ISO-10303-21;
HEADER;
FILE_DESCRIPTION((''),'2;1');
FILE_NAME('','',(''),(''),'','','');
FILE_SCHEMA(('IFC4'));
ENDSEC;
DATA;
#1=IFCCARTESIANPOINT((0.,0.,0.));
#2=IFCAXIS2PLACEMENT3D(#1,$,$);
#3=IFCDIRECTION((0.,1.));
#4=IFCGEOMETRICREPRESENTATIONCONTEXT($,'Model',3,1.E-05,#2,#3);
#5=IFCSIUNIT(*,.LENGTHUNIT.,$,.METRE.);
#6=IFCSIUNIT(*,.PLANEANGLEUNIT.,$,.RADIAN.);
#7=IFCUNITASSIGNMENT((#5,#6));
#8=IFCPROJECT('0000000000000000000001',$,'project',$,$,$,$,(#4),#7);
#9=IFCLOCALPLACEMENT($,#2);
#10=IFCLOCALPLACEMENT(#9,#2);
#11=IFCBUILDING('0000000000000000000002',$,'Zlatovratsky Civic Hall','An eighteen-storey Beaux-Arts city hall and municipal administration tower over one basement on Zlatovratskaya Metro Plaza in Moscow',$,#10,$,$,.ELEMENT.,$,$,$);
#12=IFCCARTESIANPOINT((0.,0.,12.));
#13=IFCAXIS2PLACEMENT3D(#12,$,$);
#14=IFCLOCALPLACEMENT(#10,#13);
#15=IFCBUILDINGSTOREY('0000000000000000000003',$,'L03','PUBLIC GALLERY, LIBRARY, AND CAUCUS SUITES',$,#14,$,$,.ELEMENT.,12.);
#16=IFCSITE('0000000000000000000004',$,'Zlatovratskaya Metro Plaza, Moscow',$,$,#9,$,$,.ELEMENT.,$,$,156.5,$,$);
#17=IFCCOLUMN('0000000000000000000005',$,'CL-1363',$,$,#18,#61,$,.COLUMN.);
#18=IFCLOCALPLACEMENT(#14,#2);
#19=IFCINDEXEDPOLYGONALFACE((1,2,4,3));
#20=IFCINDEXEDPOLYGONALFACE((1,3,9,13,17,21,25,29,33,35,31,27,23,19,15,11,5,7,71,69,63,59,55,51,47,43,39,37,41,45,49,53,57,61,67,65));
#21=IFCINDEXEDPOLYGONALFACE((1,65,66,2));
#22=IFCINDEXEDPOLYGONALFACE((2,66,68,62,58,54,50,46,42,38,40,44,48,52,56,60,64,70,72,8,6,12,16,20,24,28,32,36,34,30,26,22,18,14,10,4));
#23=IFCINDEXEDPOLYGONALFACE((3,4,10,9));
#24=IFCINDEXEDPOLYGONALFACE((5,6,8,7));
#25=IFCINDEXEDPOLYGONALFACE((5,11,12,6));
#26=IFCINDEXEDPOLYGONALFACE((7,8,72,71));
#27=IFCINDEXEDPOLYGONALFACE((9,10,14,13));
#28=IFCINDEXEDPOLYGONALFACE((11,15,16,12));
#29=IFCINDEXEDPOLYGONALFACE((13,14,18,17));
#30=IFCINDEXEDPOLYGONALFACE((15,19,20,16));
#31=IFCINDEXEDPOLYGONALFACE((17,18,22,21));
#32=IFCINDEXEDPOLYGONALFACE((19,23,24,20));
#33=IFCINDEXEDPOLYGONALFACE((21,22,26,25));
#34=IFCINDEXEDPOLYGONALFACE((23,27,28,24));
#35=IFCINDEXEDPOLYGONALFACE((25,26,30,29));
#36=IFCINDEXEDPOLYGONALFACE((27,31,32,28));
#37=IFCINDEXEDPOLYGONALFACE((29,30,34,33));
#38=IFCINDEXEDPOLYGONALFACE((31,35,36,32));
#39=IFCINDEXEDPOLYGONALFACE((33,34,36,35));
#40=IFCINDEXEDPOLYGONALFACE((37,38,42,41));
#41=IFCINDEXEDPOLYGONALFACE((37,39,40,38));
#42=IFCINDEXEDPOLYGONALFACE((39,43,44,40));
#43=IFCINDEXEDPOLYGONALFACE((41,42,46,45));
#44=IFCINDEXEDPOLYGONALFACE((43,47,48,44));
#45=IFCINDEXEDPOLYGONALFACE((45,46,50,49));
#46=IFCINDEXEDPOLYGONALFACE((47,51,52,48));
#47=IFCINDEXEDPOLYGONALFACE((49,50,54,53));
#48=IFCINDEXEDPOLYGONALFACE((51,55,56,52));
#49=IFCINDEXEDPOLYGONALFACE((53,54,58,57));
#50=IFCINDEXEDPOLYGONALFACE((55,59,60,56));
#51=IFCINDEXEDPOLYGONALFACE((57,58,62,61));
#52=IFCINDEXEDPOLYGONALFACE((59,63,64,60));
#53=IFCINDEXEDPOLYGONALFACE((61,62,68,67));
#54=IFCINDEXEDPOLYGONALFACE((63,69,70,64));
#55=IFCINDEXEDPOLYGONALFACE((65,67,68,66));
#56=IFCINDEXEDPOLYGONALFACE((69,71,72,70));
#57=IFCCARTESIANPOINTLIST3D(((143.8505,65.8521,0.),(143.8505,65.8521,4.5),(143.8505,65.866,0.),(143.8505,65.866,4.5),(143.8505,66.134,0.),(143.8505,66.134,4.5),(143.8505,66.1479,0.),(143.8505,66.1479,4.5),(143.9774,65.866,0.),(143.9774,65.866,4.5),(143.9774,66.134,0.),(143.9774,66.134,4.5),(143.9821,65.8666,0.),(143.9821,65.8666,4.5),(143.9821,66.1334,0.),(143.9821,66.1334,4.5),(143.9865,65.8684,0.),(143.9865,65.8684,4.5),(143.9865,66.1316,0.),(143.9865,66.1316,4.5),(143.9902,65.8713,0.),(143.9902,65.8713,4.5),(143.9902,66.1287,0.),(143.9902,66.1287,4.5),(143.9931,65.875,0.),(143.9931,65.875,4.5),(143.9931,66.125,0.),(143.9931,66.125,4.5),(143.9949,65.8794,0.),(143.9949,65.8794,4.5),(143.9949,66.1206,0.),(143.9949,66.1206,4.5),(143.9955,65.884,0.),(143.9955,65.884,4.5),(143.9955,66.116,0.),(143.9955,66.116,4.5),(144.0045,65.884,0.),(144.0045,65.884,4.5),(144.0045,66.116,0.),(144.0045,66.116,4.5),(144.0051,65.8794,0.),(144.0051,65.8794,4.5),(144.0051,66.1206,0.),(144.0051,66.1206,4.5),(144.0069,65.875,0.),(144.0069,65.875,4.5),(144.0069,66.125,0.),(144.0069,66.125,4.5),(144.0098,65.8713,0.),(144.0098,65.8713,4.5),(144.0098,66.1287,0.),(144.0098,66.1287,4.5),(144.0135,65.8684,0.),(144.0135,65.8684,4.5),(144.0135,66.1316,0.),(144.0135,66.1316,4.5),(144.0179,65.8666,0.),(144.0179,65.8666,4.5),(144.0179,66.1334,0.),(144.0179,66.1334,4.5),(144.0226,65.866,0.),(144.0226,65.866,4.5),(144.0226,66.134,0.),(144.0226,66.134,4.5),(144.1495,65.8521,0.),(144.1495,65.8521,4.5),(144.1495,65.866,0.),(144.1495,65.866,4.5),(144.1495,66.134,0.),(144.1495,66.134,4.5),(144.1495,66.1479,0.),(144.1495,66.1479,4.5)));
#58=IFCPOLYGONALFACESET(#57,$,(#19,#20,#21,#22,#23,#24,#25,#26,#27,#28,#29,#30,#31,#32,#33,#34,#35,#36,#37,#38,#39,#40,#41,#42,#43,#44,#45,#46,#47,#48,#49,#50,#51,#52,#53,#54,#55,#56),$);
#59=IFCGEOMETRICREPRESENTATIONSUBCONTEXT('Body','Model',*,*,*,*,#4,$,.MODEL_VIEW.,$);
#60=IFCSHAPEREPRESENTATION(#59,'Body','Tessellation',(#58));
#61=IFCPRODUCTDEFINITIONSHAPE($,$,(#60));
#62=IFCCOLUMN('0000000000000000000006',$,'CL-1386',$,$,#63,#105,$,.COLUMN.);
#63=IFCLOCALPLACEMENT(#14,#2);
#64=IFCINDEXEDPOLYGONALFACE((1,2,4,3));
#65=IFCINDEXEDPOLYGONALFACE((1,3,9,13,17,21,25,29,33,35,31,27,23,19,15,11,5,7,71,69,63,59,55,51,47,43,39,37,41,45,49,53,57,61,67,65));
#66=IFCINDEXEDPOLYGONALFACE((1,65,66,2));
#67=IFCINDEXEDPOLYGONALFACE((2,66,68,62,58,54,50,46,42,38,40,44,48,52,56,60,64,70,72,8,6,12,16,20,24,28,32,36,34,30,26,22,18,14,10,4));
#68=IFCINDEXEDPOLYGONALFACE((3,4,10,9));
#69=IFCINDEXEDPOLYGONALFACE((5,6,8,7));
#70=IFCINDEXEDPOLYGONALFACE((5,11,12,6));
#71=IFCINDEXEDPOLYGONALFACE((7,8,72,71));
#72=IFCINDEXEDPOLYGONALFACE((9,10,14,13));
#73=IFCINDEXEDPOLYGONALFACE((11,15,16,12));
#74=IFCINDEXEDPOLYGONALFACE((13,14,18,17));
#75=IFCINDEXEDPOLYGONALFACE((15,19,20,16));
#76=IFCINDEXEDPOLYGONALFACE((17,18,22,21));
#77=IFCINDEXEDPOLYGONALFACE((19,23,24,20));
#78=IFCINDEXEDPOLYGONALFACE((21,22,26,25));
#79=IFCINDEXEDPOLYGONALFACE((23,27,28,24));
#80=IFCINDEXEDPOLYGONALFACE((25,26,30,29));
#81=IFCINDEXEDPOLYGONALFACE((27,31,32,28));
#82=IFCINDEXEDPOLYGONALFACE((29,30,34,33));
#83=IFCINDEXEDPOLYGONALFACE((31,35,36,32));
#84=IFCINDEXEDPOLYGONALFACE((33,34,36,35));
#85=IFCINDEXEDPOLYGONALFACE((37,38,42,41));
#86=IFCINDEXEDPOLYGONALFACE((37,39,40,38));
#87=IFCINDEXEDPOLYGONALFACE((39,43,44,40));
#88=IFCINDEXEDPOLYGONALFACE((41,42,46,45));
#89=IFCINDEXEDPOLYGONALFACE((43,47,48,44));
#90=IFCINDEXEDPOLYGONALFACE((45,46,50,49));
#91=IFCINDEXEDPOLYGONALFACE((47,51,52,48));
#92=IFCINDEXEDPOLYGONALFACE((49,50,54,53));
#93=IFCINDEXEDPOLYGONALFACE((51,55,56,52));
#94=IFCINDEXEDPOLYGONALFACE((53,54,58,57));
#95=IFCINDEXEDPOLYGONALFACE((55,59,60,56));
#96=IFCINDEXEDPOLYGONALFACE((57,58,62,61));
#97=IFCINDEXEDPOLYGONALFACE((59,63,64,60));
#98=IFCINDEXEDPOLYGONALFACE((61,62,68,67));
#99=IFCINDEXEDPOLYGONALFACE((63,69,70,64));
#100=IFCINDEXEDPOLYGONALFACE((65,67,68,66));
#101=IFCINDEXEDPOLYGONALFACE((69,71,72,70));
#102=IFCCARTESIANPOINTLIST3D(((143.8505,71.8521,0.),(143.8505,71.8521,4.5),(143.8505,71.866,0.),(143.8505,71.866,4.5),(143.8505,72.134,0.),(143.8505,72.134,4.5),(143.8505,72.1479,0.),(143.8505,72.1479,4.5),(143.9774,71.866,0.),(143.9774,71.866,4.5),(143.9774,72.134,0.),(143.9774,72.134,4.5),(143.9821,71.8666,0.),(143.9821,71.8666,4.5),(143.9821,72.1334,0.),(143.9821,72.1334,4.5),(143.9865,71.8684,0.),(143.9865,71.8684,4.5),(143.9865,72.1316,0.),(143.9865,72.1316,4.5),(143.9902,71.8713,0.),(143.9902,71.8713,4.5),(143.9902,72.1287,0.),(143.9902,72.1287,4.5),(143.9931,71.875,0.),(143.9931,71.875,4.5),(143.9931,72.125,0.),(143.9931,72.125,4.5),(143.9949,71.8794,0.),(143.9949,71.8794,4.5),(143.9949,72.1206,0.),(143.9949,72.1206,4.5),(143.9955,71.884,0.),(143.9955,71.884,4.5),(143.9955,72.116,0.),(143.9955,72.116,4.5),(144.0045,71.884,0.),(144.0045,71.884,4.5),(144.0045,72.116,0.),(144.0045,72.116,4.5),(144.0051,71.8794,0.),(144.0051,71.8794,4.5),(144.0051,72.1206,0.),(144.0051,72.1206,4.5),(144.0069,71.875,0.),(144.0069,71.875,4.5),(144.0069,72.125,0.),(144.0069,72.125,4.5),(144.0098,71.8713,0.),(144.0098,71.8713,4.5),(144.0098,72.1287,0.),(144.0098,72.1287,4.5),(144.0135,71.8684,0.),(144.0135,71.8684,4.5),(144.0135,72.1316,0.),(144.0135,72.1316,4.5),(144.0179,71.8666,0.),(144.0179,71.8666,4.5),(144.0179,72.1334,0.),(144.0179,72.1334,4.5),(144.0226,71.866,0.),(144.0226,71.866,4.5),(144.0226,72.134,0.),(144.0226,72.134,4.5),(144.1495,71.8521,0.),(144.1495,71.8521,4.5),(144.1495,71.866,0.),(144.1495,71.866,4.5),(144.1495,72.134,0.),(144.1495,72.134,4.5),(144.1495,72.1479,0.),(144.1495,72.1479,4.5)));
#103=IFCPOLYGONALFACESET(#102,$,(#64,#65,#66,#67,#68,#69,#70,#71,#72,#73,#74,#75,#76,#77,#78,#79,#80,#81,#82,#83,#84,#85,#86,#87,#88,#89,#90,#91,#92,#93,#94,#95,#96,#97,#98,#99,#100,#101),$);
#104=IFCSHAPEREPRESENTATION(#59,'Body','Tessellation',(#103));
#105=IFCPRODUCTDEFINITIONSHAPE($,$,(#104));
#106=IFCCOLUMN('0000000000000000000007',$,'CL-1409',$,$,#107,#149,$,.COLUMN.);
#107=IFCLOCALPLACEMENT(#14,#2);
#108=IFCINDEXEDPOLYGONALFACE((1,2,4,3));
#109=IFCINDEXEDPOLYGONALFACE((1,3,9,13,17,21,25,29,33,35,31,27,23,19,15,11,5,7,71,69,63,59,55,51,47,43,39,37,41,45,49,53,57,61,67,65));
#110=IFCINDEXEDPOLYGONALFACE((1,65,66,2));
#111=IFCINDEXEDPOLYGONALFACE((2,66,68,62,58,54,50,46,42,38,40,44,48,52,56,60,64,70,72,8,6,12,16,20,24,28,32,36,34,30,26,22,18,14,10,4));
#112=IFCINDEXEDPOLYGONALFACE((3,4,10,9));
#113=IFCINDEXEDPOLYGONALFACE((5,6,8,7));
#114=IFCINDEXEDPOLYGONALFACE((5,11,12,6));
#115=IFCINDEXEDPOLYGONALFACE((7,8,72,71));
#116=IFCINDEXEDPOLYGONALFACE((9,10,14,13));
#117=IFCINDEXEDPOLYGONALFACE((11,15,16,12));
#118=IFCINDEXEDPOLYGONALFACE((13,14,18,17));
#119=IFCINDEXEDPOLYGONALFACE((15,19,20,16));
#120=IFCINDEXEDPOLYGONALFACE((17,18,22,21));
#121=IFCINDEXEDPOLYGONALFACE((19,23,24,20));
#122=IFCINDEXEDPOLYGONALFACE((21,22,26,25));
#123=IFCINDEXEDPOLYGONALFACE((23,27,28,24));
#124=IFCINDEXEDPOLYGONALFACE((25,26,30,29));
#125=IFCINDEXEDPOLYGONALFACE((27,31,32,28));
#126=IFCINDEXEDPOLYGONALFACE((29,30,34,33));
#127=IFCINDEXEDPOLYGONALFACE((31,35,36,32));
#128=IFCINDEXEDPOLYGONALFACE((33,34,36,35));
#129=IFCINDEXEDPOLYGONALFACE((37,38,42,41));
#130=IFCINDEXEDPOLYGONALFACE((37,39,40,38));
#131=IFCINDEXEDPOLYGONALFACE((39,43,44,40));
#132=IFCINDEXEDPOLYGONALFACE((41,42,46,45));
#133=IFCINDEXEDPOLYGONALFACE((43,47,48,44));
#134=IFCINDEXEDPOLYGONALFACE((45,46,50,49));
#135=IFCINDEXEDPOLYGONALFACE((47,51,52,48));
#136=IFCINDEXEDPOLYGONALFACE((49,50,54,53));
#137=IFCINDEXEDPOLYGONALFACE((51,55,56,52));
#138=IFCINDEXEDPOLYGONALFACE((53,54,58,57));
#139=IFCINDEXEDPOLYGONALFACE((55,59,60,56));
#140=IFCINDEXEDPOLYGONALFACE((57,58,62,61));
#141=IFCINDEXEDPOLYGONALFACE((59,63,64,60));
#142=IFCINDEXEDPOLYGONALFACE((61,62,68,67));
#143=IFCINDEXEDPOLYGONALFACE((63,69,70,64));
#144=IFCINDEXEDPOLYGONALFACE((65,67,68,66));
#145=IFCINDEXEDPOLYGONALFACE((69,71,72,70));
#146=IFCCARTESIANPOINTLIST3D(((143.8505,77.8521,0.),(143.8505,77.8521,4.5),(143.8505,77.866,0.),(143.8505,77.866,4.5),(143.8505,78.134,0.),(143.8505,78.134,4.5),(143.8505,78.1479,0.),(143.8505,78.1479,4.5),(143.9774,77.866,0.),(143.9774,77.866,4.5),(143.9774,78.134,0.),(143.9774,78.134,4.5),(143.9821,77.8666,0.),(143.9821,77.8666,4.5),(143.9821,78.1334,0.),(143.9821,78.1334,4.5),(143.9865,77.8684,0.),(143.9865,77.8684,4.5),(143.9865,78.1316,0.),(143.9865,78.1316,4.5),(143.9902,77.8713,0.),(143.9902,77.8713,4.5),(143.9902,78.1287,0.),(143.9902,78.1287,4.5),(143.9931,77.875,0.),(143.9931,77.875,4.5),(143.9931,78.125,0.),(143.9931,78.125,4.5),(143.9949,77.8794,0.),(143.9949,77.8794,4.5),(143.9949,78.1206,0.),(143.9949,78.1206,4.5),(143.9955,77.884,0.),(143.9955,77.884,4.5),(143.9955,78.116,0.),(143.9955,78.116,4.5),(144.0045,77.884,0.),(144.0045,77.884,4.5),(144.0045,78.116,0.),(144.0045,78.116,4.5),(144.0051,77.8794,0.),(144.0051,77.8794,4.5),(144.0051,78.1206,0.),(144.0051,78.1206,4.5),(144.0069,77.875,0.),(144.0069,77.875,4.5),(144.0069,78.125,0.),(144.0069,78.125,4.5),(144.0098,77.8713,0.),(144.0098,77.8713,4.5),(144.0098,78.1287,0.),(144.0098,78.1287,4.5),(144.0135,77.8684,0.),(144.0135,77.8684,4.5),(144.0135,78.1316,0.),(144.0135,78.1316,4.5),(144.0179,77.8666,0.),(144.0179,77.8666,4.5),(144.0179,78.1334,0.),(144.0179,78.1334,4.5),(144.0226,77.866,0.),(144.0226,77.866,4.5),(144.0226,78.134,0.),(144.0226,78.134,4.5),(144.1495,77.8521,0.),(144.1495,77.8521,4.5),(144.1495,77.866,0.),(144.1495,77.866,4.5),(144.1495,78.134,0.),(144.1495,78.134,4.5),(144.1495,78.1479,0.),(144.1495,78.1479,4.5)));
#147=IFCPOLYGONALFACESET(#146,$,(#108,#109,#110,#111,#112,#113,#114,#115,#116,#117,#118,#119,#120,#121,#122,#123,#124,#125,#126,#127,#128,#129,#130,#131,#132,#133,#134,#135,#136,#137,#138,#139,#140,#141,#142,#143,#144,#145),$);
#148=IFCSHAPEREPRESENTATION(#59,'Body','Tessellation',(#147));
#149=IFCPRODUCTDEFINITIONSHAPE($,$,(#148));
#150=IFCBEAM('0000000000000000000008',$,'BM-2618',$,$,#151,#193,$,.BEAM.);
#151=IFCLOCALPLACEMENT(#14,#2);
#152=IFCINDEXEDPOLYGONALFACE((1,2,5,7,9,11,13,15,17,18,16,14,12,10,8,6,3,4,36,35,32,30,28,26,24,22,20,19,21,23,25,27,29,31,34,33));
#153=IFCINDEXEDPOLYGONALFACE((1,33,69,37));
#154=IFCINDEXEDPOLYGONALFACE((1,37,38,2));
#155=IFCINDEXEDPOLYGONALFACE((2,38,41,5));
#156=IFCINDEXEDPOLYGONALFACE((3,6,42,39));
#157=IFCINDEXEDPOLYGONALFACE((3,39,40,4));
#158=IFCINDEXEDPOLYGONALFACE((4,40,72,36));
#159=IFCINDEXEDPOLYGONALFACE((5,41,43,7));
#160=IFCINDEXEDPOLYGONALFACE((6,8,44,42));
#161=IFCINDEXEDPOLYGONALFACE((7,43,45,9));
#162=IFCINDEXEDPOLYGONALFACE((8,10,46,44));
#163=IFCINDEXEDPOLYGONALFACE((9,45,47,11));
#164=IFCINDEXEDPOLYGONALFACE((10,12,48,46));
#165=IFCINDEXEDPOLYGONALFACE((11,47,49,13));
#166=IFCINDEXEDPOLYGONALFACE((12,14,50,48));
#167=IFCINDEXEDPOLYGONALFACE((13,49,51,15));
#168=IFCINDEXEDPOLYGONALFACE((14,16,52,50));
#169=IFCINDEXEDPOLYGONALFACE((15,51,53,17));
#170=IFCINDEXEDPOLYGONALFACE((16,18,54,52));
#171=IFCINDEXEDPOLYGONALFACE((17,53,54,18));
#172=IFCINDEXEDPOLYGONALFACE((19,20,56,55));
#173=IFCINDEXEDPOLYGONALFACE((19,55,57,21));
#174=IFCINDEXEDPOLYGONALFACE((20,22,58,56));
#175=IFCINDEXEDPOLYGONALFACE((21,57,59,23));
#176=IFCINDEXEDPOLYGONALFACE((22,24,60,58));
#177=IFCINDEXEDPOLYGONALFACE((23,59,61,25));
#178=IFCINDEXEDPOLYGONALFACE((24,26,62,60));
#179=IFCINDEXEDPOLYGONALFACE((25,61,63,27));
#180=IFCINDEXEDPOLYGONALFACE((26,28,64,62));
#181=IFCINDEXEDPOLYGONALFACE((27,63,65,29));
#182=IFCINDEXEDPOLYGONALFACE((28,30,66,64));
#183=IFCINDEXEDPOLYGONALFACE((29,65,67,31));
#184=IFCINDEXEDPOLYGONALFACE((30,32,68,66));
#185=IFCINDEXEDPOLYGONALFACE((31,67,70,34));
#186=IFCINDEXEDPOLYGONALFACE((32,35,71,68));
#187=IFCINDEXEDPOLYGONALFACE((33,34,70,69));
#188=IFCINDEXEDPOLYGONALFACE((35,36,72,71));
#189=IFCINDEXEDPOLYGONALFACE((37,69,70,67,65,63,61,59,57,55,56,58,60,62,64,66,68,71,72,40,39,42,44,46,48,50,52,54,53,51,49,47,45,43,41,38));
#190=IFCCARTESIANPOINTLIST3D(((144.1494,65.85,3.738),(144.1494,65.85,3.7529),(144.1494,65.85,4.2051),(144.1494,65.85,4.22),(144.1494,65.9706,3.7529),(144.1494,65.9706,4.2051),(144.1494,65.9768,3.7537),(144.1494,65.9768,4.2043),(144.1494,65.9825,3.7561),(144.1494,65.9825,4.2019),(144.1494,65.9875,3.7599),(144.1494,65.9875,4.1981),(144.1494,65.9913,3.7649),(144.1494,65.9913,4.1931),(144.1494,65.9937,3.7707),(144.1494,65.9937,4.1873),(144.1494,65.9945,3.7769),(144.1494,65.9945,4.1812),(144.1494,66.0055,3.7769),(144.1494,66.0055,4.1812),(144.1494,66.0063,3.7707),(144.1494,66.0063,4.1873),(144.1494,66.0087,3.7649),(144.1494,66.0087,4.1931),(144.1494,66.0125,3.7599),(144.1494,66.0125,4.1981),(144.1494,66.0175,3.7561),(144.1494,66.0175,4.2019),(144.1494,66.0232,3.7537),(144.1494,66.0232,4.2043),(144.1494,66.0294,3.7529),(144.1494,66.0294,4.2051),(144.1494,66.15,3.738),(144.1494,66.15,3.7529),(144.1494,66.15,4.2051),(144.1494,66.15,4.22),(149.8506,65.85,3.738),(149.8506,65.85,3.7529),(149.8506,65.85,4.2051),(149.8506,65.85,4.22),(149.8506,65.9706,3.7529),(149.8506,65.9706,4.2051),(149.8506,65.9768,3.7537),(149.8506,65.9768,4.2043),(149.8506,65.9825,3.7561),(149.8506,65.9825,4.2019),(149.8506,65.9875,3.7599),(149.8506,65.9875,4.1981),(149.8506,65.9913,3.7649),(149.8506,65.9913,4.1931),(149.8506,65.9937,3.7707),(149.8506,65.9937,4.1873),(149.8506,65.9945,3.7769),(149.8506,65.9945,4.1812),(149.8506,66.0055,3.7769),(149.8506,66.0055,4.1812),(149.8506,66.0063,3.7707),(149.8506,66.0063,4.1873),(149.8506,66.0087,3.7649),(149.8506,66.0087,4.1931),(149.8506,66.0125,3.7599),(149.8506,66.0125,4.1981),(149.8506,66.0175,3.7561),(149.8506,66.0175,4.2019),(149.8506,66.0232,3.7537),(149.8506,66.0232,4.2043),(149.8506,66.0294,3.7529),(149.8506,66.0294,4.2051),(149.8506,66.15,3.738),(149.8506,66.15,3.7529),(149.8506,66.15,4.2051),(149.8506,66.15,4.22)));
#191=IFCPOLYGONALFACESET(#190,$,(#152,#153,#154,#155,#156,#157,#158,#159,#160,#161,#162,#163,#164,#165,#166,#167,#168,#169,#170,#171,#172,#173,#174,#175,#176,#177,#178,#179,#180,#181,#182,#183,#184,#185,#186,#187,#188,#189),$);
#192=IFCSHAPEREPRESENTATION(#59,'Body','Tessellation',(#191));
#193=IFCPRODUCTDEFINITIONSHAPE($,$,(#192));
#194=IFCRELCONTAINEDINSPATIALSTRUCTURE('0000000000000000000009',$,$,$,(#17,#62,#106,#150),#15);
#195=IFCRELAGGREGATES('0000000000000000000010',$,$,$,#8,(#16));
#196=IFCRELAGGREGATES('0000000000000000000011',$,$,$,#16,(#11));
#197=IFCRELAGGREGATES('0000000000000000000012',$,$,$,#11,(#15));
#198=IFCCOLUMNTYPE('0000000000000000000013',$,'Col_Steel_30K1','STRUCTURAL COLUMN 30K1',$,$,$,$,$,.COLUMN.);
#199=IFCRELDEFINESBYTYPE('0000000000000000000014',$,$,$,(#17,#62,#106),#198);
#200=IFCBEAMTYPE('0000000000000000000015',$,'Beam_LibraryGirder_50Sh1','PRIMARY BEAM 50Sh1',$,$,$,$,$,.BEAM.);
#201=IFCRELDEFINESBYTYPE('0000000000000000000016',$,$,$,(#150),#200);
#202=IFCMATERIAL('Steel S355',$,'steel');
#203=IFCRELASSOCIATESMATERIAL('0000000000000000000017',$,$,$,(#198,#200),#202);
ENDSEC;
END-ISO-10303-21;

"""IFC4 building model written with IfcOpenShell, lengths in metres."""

from ifc_helpers import new_model, si_unit, direction, frame, origin, origin_2d, place, context, subcontext, project, spatial, i_section, extrude, material, material_profile, profile_set, type_object, element, save


model = new_model("IFC4")

# Units and contexts
model_context = context("Model", 3, precision=1e-05, world=origin(), true_north=direction((0.0, 1.0)))
body_context = subcontext(model_context, "Body", "Model", "MODEL_VIEW")
ifc_project = project(units=[si_unit("LENGTHUNIT", "METRE"), si_unit("PLANEANGLEUNIT", "RADIAN")], contexts=[model_context])

# Site, building, storey
site_placement = place(None, origin())
site = spatial("IfcSite", under=ifc_project, at=site_placement, Name="Zlatovratskaya Metro Plaza, Moscow", CompositionType="ELEMENT", RefElevation=156.5)
building_placement = place(site_placement, origin())
building = spatial("IfcBuilding", under=site, at=building_placement, Name="Zlatovratsky Civic Hall", Description="An eighteen-storey Beaux-Arts city hall and municipal administration tower over one basement on Zlatovratskaya Metro Plaza in Moscow", CompositionType="ELEMENT")
storey_placement = place(building_placement, frame((0.0, 0.0, 12.0)))
storey = spatial("IfcBuildingStorey", under=building, at=storey_placement, Name="L03", Description="PUBLIC GALLERY, LIBRARY, AND CAUCUS SUITES", CompositionType="ELEMENT", Elevation=12.0)

# Columns
ifc_material_1 = material(Name="Steel S355", Category="steel")
ifc_material_profile_1 = material_profile(ifc_material_1, i_section(OverallWidth=0.2991, OverallDepth=0.2959, WebThickness=0.009, FlangeThickness=0.0139, FilletRadius=0.0181, at=origin_2d()), Name="30K1")
ifc_profile_set_1 = profile_set([ifc_material_profile_1], Name="Steel S355")
column_type = type_object("IfcColumnType", Name="Col_Steel_30K1", Description="STRUCTURAL COLUMN 30K1", PredefinedType="COLUMN", material=ifc_profile_set_1)
for number, where, z_axis, x_axis, name in (
    (1, (144.0, 66.0, 0.0), (0.0, 0.0, 1.0), (1.0, 0.0, 0.0), "CL-1363"),
    (2, (144.0, 72.0, 0.0), (0.0, 0.0, 1.0), (1.0, 0.0, 0.0), "CL-1386"),
    (3, (144.0, 78.0, 0.0), (0.0, 0.0, 1.0), (1.0, 0.0, 0.0), "CL-1409"),
):
    element("IfcColumn", number, at=place(storey_placement, frame(where, z_axis=z_axis, x_axis=x_axis)), inside=storey, type_object=column_type, Name=name, PredefinedType="COLUMN", context=body_context, shape_type="SweptSolid", body=[
        extrude(i_section(OverallWidth=0.2991, OverallDepth=0.2959, WebThickness=0.009, FlangeThickness=0.0139, FilletRadius=0.0181, at=origin_2d()), origin(), (0.0, 0.0, 1.0), 4.5),
    ])

# Beam
ifc_material_profile_2 = material_profile(ifc_material_1, i_section(OverallWidth=0.3, OverallDepth=0.4819, WebThickness=0.011, FlangeThickness=0.0149, FilletRadius=0.0239, at=origin_2d()), Name="50Sh1")
ifc_profile_set_2 = profile_set([ifc_material_profile_2], Name="Steel S355")
beam_type_1 = type_object("IfcBeamType", Name="Beam_LibraryGirder_50Sh1", Description="PRIMARY BEAM 50Sh1", PredefinedType="BEAM", material=ifc_profile_set_2)
for number, where, z_axis, x_axis, name in (
    (4, (144.1494, 66.0, 3.979), (1.0, 0.0, 0.0), (0.0, 1.0, 0.0), "BM-2618"),
):
    element("IfcBeam", number, at=place(storey_placement, frame(where, z_axis=z_axis, x_axis=x_axis)), inside=storey, type_object=beam_type_1, Name=name, PredefinedType="BEAM", context=body_context, shape_type="SweptSolid", body=[
        extrude(i_section(OverallWidth=0.3, OverallDepth=0.4819, WebThickness=0.011, FlangeThickness=0.0149, FilletRadius=0.0239, at=origin_2d()), origin(), (0.0, 0.0, 1.0), 5.7012),
    ])

save(model, "model.ifc")
